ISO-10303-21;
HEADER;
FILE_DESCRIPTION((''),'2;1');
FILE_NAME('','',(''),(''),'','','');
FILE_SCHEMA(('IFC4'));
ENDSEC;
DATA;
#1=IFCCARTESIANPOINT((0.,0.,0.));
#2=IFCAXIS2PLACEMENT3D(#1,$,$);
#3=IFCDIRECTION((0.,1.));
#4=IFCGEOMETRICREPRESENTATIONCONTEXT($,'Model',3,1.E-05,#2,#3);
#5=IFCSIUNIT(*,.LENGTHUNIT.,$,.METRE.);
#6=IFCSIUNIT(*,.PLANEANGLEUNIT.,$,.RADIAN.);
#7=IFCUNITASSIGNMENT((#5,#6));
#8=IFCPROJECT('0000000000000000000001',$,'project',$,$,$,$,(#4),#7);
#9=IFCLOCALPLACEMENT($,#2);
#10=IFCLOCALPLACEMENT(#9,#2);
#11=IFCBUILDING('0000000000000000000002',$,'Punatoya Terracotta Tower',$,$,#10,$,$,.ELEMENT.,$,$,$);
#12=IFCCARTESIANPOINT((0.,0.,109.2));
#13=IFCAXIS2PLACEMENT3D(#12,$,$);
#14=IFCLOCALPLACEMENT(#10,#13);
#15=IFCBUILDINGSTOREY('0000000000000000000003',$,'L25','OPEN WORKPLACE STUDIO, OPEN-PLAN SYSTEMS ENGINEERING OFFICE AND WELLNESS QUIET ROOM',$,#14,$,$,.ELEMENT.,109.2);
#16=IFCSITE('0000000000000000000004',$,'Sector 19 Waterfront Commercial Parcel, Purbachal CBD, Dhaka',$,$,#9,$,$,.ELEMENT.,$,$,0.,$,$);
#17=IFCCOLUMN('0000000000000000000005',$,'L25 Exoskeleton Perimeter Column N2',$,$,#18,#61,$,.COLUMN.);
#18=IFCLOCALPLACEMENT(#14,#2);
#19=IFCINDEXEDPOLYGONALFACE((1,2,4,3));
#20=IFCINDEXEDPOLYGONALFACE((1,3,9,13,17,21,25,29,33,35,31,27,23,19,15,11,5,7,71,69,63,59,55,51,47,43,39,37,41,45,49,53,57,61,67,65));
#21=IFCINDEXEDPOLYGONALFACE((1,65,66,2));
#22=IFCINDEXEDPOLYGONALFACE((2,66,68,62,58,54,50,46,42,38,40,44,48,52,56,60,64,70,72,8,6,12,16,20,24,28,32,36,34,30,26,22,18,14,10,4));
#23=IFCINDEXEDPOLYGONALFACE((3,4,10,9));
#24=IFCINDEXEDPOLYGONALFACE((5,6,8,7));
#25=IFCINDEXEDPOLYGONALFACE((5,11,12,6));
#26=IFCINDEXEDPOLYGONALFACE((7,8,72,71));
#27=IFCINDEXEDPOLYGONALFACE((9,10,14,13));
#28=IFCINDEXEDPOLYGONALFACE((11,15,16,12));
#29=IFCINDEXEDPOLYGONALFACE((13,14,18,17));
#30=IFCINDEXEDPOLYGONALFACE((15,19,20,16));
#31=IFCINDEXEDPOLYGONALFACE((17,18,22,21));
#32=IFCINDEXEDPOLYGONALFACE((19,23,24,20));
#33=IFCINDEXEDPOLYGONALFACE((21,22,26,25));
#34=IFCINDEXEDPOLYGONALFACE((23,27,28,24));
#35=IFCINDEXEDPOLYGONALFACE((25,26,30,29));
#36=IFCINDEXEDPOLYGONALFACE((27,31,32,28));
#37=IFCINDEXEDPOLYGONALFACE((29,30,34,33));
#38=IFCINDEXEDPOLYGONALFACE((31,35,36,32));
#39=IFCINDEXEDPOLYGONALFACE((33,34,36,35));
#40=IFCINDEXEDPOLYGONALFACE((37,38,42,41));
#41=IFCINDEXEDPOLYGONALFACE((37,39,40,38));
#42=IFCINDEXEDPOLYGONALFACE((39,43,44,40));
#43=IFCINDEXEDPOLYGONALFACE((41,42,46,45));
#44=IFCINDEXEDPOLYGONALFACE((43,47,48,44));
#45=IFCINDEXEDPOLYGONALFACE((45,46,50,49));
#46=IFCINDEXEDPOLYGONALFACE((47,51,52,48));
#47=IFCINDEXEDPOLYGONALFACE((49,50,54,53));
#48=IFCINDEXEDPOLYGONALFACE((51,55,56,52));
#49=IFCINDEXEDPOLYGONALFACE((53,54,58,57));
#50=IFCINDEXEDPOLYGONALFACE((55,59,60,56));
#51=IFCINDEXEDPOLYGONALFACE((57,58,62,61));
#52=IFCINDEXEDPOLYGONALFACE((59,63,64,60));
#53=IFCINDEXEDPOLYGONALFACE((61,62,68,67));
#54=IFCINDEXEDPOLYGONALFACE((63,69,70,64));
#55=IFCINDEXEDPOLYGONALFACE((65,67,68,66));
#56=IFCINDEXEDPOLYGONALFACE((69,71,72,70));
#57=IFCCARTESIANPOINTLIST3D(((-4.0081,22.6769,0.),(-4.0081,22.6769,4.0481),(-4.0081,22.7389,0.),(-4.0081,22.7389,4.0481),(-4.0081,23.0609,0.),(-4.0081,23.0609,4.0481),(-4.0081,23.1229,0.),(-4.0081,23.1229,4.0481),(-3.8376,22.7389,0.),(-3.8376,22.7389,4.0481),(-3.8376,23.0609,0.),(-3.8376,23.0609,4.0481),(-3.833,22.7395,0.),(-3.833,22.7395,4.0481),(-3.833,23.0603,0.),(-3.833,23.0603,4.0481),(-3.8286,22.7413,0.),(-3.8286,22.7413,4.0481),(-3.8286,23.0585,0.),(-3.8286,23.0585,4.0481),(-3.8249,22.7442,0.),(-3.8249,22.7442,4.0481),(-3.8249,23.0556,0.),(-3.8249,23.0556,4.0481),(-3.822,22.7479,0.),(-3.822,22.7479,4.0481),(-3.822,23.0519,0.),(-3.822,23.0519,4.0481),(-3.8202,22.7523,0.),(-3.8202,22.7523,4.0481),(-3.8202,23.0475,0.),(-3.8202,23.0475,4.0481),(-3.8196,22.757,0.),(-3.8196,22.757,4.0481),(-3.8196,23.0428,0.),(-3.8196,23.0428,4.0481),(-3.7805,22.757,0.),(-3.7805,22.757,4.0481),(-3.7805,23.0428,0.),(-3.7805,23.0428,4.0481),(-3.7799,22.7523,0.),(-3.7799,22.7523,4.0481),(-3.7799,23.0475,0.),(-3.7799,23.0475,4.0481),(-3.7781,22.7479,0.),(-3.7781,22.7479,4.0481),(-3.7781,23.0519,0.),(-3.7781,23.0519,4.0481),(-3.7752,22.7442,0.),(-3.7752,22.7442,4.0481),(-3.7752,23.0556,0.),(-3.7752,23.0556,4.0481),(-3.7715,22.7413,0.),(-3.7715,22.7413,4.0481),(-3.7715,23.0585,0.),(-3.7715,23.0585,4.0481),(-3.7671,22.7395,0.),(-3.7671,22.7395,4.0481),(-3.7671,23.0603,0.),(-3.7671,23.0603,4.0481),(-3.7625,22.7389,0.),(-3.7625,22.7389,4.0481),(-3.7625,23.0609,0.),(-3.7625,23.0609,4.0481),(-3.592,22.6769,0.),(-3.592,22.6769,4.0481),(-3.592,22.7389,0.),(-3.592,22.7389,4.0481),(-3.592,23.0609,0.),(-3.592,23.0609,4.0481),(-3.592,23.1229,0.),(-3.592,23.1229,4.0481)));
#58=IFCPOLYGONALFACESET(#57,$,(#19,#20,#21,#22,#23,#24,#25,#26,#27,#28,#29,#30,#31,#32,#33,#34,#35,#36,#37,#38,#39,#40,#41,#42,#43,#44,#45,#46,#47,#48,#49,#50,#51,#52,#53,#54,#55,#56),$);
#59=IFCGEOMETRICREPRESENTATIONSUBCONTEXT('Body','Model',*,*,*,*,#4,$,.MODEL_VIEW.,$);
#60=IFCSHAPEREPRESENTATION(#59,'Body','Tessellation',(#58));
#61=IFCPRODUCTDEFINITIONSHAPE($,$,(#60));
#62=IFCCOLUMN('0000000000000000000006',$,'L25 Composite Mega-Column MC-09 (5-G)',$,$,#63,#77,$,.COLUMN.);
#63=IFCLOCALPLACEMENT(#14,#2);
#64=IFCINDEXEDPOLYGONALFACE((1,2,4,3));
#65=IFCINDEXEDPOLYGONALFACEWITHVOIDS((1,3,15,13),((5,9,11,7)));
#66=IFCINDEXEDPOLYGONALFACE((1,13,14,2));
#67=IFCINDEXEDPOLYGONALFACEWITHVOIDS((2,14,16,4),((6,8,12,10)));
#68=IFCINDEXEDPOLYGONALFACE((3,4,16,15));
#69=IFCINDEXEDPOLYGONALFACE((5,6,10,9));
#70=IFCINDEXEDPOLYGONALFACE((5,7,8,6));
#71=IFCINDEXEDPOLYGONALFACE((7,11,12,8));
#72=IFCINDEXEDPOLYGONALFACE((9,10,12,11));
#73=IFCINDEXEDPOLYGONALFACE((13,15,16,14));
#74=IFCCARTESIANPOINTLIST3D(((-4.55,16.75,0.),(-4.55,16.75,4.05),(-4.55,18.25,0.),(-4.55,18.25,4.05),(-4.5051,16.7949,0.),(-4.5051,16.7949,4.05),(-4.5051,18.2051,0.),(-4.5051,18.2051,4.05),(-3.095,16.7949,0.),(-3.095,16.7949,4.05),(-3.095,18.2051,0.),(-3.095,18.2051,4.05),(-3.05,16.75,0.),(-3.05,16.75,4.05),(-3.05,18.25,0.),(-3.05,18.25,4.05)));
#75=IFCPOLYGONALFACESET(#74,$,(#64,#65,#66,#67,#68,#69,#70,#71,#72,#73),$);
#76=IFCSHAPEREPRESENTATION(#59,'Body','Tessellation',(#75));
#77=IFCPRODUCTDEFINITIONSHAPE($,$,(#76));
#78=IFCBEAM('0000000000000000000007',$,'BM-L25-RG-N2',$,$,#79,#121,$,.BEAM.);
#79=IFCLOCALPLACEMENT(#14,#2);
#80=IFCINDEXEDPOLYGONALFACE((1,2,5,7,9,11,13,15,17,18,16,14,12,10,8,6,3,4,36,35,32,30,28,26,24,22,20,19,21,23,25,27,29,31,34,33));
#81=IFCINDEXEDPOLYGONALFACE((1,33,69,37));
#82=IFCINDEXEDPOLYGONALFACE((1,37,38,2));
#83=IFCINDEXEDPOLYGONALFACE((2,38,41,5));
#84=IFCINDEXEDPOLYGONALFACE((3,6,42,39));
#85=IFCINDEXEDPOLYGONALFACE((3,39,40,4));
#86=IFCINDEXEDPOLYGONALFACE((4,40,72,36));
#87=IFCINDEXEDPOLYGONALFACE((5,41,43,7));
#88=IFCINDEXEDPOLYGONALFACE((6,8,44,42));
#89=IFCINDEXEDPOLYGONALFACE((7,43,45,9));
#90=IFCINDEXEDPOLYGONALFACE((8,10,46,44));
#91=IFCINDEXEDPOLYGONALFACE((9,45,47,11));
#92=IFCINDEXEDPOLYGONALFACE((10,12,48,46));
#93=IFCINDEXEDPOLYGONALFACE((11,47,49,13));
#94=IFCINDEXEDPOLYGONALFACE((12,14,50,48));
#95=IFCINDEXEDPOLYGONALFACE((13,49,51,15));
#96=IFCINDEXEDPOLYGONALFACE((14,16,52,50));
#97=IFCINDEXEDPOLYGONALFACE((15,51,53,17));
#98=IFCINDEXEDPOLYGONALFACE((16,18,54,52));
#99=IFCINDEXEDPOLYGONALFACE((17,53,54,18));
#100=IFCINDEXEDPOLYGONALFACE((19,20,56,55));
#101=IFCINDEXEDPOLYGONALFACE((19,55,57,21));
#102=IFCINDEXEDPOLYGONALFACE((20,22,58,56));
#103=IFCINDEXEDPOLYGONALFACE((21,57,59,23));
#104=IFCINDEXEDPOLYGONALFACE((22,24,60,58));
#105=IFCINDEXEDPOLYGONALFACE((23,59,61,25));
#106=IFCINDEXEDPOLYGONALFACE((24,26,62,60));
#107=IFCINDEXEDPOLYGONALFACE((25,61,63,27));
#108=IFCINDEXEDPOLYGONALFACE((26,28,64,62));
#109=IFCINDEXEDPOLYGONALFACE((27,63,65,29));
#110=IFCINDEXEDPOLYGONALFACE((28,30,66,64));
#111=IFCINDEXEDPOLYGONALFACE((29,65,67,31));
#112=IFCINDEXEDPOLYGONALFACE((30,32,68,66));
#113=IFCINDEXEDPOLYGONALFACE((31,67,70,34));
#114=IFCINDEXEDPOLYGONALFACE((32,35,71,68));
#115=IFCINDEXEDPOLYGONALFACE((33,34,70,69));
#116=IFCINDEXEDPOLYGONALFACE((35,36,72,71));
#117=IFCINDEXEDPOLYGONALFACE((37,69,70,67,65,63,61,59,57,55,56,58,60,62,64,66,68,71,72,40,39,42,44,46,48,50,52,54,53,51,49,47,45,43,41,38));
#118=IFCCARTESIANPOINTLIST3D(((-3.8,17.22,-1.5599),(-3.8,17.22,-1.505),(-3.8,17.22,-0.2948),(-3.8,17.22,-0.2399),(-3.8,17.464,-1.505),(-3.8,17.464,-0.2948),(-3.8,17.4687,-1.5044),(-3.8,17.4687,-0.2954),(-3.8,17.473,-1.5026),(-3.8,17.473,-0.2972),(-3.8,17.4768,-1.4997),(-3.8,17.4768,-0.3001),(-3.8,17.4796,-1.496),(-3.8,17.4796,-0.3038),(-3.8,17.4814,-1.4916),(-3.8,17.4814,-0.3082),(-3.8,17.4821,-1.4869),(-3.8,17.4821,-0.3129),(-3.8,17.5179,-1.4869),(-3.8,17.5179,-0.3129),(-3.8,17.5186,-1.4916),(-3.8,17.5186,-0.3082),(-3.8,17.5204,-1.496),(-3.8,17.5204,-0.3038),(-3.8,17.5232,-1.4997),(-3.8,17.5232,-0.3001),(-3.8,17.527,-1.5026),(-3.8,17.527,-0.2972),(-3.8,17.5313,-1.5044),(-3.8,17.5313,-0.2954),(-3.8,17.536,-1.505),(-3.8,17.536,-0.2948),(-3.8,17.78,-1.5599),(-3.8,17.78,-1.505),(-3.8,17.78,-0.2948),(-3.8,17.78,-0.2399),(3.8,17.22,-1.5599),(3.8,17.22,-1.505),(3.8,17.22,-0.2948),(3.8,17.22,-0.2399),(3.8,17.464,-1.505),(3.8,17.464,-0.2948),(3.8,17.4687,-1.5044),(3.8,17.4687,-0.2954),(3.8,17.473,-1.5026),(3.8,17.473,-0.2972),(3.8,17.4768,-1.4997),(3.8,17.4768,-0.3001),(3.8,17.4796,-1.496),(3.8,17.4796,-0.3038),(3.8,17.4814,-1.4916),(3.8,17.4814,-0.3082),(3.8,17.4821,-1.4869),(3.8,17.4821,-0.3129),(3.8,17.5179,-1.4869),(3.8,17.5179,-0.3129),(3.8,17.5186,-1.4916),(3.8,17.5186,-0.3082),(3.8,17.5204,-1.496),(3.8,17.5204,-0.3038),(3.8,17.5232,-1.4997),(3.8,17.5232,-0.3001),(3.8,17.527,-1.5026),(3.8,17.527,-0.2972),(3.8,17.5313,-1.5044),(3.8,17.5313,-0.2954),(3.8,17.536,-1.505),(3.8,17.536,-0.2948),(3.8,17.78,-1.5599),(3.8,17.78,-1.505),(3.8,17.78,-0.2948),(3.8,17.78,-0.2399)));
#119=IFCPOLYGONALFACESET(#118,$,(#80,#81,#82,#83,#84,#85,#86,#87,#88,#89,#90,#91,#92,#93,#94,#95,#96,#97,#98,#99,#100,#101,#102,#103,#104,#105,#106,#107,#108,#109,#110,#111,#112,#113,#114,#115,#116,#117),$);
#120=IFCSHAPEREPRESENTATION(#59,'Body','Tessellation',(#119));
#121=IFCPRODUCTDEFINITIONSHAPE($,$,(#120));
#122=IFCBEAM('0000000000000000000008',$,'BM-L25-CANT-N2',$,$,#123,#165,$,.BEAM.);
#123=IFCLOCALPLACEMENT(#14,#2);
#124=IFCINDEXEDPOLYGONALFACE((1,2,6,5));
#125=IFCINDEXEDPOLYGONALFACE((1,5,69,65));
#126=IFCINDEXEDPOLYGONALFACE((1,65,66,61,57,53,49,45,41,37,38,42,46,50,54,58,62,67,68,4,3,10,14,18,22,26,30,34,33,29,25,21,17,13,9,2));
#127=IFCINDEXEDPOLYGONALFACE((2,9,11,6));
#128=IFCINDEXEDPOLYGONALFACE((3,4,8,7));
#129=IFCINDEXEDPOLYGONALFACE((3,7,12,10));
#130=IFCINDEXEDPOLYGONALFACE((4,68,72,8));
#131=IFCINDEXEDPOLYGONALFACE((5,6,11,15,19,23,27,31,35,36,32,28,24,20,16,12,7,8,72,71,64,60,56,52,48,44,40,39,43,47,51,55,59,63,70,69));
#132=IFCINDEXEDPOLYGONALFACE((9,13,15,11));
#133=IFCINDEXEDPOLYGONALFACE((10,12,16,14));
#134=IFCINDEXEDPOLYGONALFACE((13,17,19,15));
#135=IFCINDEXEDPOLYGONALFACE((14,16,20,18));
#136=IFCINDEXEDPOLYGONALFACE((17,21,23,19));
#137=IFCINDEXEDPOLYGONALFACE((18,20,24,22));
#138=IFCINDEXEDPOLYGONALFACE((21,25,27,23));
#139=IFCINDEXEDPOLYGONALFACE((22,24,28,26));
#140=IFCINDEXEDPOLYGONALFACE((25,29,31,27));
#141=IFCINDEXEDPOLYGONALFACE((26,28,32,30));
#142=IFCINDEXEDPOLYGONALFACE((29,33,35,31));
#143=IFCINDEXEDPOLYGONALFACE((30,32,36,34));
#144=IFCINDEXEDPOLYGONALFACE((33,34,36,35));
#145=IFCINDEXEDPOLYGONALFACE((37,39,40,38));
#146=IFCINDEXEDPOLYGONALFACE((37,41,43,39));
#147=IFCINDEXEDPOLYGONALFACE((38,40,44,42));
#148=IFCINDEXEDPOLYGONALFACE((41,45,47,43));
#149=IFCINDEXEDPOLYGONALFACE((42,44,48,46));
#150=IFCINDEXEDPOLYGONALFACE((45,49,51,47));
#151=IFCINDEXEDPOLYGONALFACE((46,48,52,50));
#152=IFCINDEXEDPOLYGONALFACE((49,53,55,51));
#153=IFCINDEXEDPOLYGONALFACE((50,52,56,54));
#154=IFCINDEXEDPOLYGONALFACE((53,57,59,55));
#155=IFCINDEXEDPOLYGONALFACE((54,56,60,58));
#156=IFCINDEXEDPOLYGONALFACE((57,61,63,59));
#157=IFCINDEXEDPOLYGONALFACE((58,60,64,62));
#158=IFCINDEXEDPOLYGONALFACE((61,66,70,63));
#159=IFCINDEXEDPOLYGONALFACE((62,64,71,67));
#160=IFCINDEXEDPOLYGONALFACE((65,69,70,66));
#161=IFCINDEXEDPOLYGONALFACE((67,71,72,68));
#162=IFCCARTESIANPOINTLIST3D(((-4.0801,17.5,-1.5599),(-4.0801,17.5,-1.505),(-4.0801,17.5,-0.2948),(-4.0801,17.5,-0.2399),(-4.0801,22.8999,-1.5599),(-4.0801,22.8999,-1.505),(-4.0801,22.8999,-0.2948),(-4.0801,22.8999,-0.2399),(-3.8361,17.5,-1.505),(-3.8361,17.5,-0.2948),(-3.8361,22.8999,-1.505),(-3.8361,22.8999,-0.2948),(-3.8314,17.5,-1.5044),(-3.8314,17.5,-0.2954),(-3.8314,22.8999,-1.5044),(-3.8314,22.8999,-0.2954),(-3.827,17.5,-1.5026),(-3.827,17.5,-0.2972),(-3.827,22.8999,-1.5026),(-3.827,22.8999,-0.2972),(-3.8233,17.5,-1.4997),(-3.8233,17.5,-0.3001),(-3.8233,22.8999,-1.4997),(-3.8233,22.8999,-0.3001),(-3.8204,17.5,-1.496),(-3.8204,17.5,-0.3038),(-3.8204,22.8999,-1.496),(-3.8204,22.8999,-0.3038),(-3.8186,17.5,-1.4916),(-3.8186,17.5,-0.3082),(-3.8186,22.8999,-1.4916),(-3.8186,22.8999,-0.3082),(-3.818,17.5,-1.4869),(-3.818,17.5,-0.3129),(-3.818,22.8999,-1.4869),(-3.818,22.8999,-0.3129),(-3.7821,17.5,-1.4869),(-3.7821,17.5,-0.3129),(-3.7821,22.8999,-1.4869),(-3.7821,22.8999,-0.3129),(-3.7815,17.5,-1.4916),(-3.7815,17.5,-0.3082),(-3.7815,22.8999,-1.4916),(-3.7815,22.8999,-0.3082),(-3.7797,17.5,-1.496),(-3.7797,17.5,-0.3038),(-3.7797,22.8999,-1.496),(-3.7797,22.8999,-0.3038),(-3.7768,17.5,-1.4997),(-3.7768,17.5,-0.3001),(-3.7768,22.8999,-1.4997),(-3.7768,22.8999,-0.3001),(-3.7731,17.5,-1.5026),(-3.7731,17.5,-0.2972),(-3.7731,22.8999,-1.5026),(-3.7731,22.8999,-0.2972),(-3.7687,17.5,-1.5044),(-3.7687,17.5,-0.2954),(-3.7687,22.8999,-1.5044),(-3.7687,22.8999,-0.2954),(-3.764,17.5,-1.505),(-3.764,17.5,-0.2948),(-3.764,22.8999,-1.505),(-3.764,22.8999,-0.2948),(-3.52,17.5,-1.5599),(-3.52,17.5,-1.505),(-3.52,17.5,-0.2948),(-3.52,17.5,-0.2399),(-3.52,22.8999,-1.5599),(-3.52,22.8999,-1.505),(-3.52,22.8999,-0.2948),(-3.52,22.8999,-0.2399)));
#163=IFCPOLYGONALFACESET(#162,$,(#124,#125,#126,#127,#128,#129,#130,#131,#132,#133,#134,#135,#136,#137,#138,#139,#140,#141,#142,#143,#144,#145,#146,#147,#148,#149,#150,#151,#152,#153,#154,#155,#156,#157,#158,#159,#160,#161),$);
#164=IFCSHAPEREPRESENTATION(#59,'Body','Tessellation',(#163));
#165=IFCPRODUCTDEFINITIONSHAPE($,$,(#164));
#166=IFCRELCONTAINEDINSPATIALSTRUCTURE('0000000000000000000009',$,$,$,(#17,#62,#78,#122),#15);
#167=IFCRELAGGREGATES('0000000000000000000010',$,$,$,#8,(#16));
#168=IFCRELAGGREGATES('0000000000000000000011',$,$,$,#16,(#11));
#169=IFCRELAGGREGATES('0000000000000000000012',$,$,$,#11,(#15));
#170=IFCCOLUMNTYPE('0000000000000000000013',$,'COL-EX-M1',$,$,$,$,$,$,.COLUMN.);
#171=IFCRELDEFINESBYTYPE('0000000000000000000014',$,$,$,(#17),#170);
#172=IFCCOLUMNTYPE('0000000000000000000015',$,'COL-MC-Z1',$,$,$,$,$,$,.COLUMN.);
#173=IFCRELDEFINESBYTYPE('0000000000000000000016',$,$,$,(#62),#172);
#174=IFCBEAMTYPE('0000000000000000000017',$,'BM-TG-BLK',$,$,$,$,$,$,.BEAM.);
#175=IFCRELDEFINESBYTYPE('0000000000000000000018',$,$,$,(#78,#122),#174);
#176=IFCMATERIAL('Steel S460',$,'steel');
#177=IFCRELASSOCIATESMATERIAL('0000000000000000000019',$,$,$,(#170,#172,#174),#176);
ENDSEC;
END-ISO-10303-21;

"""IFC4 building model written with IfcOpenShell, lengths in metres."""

from ifc_helpers import new_model, si_unit, direction, frame, origin, origin_2d, place, context, subcontext, project, spatial, hollow_rectangle, i_section, extrude, material, material_profile, profile_set, type_object, element, save


model = new_model("IFC4")

# Units and contexts
model_context = context("Model", 3, precision=1e-05, world=origin(), true_north=direction((0.0, 1.0)))
body_context = subcontext(model_context, "Body", "Model", "MODEL_VIEW")
ifc_project = project(units=[si_unit("LENGTHUNIT", "METRE"), si_unit("PLANEANGLEUNIT", "RADIAN")], contexts=[model_context])

# Site, building, storey
site_placement = place(None, origin())
site = spatial("IfcSite", under=ifc_project, at=site_placement, Name="Sector 19 Waterfront Commercial Parcel, Purbachal CBD, Dhaka", CompositionType="ELEMENT", RefElevation=0.0)
building_placement = place(site_placement, origin())
building = spatial("IfcBuilding", under=site, at=building_placement, Name="Punatoya Terracotta Tower", CompositionType="ELEMENT")
storey_placement = place(building_placement, frame((0.0, 0.0, 109.2)))
storey = spatial("IfcBuildingStorey", under=building, at=storey_placement, Name="L25", Description="OPEN WORKPLACE STUDIO, OPEN-PLAN SYSTEMS ENGINEERING OFFICE AND WELLNESS QUIET ROOM", CompositionType="ELEMENT", Elevation=109.2)

# Columns
ifc_material_1 = material(Name="Steel S460", Category="steel")
ifc_material_profile_1 = material_profile(ifc_material_1, i_section(OverallWidth=0.416, OverallDepth=0.446, WebThickness=0.0391, FlangeThickness=0.062, FilletRadius=0.0181, at=origin_2d()))
ifc_profile_set_1 = profile_set([ifc_material_profile_1], Name="Steel S460")
column_type_1 = type_object("IfcColumnType", Name="COL-EX-M1", PredefinedType="COLUMN", material=ifc_profile_set_1)
column_1_placement = place(storey_placement, frame((-3.8, 22.8999, 0.0), z_axis=(0.0, 0.0, 1.0), x_axis=(1.0, 0.0, 0.0)))
element("IfcColumn", 1, at=column_1_placement, inside=storey, type_object=column_type_1, Name="L25 Exoskeleton Perimeter Column N2", PredefinedType="COLUMN", context=body_context, shape_type="SweptSolid", body=[
    extrude(i_section(OverallWidth=0.416, OverallDepth=0.446, WebThickness=0.0391, FlangeThickness=0.062, FilletRadius=0.0181, at=origin_2d()), origin(), (0.0, 0.0, 1.0), 4.0481),
])
ifc_material_profile_2 = material_profile(ifc_material_1, hollow_rectangle(XDim=1.5, YDim=1.5, WallThickness=0.0449, at=origin_2d()))
ifc_profile_set_2 = profile_set([ifc_material_profile_2], Name="Steel S460")
column_type_2 = type_object("IfcColumnType", Name="COL-MC-Z1", PredefinedType="COLUMN", material=ifc_profile_set_2)
column_2_placement = place(storey_placement, frame((-3.8, 17.5, 0.0), z_axis=(0.0, 0.0, 1.0), x_axis=(1.0, 0.0, 0.0)))
element("IfcColumn", 2, at=column_2_placement, inside=storey, type_object=column_type_2, Name="L25 Composite Mega-Column MC-09 (5-G)", PredefinedType="COLUMN", context=body_context, shape_type="SweptSolid", body=[
    extrude(hollow_rectangle(XDim=1.5, YDim=1.5, WallThickness=0.0449, at=origin_2d()), origin(), (0.0, 0.0, 1.0), 4.05),
])

# Beams
ifc_material_profile_3 = material_profile(ifc_material_1, i_section(OverallWidth=0.5601, OverallDepth=1.3201, WebThickness=0.0359, FlangeThickness=0.0549, FilletRadius=0.0181, at=origin_2d()))
ifc_profile_set_3 = profile_set([ifc_material_profile_3], Name="Steel S460")
beam_type = type_object("IfcBeamType", Name="BM-TG-BLK", PredefinedType="BEAM", material=ifc_profile_set_3)
beam_1_placement = place(storey_placement, frame((-3.8, 17.5, -0.8999), z_axis=(1.0, 0.0, 0.0), x_axis=(0.0, 1.0, 0.0)))
element("IfcBeam", 3, at=beam_1_placement, inside=storey, type_object=beam_type, Name="BM-L25-RG-N2", PredefinedType="BEAM", context=body_context, shape_type="SweptSolid", body=[
    extrude(i_section(OverallWidth=0.5601, OverallDepth=1.3201, WebThickness=0.0359, FlangeThickness=0.0549, FilletRadius=0.0181, at=origin_2d()), origin(), (0.0, 0.0, 1.0), 7.6001),
])
beam_2_placement = place(storey_placement, frame((-3.8, 17.5, -0.8999), z_axis=(0.0, 1.0, 0.0), x_axis=(-1.0, 0.0, 0.0)))
element("IfcBeam", 4, at=beam_2_placement, inside=storey, type_object=beam_type, Name="BM-L25-CANT-N2", PredefinedType="BEAM", context=body_context, shape_type="SweptSolid", body=[
    extrude(i_section(OverallWidth=0.5601, OverallDepth=1.3201, WebThickness=0.0359, FlangeThickness=0.0549, FilletRadius=0.0181, at=origin_2d()), origin(), (0.0, 0.0, 1.0), 5.3999),
])

save(model, "model.ifc")
